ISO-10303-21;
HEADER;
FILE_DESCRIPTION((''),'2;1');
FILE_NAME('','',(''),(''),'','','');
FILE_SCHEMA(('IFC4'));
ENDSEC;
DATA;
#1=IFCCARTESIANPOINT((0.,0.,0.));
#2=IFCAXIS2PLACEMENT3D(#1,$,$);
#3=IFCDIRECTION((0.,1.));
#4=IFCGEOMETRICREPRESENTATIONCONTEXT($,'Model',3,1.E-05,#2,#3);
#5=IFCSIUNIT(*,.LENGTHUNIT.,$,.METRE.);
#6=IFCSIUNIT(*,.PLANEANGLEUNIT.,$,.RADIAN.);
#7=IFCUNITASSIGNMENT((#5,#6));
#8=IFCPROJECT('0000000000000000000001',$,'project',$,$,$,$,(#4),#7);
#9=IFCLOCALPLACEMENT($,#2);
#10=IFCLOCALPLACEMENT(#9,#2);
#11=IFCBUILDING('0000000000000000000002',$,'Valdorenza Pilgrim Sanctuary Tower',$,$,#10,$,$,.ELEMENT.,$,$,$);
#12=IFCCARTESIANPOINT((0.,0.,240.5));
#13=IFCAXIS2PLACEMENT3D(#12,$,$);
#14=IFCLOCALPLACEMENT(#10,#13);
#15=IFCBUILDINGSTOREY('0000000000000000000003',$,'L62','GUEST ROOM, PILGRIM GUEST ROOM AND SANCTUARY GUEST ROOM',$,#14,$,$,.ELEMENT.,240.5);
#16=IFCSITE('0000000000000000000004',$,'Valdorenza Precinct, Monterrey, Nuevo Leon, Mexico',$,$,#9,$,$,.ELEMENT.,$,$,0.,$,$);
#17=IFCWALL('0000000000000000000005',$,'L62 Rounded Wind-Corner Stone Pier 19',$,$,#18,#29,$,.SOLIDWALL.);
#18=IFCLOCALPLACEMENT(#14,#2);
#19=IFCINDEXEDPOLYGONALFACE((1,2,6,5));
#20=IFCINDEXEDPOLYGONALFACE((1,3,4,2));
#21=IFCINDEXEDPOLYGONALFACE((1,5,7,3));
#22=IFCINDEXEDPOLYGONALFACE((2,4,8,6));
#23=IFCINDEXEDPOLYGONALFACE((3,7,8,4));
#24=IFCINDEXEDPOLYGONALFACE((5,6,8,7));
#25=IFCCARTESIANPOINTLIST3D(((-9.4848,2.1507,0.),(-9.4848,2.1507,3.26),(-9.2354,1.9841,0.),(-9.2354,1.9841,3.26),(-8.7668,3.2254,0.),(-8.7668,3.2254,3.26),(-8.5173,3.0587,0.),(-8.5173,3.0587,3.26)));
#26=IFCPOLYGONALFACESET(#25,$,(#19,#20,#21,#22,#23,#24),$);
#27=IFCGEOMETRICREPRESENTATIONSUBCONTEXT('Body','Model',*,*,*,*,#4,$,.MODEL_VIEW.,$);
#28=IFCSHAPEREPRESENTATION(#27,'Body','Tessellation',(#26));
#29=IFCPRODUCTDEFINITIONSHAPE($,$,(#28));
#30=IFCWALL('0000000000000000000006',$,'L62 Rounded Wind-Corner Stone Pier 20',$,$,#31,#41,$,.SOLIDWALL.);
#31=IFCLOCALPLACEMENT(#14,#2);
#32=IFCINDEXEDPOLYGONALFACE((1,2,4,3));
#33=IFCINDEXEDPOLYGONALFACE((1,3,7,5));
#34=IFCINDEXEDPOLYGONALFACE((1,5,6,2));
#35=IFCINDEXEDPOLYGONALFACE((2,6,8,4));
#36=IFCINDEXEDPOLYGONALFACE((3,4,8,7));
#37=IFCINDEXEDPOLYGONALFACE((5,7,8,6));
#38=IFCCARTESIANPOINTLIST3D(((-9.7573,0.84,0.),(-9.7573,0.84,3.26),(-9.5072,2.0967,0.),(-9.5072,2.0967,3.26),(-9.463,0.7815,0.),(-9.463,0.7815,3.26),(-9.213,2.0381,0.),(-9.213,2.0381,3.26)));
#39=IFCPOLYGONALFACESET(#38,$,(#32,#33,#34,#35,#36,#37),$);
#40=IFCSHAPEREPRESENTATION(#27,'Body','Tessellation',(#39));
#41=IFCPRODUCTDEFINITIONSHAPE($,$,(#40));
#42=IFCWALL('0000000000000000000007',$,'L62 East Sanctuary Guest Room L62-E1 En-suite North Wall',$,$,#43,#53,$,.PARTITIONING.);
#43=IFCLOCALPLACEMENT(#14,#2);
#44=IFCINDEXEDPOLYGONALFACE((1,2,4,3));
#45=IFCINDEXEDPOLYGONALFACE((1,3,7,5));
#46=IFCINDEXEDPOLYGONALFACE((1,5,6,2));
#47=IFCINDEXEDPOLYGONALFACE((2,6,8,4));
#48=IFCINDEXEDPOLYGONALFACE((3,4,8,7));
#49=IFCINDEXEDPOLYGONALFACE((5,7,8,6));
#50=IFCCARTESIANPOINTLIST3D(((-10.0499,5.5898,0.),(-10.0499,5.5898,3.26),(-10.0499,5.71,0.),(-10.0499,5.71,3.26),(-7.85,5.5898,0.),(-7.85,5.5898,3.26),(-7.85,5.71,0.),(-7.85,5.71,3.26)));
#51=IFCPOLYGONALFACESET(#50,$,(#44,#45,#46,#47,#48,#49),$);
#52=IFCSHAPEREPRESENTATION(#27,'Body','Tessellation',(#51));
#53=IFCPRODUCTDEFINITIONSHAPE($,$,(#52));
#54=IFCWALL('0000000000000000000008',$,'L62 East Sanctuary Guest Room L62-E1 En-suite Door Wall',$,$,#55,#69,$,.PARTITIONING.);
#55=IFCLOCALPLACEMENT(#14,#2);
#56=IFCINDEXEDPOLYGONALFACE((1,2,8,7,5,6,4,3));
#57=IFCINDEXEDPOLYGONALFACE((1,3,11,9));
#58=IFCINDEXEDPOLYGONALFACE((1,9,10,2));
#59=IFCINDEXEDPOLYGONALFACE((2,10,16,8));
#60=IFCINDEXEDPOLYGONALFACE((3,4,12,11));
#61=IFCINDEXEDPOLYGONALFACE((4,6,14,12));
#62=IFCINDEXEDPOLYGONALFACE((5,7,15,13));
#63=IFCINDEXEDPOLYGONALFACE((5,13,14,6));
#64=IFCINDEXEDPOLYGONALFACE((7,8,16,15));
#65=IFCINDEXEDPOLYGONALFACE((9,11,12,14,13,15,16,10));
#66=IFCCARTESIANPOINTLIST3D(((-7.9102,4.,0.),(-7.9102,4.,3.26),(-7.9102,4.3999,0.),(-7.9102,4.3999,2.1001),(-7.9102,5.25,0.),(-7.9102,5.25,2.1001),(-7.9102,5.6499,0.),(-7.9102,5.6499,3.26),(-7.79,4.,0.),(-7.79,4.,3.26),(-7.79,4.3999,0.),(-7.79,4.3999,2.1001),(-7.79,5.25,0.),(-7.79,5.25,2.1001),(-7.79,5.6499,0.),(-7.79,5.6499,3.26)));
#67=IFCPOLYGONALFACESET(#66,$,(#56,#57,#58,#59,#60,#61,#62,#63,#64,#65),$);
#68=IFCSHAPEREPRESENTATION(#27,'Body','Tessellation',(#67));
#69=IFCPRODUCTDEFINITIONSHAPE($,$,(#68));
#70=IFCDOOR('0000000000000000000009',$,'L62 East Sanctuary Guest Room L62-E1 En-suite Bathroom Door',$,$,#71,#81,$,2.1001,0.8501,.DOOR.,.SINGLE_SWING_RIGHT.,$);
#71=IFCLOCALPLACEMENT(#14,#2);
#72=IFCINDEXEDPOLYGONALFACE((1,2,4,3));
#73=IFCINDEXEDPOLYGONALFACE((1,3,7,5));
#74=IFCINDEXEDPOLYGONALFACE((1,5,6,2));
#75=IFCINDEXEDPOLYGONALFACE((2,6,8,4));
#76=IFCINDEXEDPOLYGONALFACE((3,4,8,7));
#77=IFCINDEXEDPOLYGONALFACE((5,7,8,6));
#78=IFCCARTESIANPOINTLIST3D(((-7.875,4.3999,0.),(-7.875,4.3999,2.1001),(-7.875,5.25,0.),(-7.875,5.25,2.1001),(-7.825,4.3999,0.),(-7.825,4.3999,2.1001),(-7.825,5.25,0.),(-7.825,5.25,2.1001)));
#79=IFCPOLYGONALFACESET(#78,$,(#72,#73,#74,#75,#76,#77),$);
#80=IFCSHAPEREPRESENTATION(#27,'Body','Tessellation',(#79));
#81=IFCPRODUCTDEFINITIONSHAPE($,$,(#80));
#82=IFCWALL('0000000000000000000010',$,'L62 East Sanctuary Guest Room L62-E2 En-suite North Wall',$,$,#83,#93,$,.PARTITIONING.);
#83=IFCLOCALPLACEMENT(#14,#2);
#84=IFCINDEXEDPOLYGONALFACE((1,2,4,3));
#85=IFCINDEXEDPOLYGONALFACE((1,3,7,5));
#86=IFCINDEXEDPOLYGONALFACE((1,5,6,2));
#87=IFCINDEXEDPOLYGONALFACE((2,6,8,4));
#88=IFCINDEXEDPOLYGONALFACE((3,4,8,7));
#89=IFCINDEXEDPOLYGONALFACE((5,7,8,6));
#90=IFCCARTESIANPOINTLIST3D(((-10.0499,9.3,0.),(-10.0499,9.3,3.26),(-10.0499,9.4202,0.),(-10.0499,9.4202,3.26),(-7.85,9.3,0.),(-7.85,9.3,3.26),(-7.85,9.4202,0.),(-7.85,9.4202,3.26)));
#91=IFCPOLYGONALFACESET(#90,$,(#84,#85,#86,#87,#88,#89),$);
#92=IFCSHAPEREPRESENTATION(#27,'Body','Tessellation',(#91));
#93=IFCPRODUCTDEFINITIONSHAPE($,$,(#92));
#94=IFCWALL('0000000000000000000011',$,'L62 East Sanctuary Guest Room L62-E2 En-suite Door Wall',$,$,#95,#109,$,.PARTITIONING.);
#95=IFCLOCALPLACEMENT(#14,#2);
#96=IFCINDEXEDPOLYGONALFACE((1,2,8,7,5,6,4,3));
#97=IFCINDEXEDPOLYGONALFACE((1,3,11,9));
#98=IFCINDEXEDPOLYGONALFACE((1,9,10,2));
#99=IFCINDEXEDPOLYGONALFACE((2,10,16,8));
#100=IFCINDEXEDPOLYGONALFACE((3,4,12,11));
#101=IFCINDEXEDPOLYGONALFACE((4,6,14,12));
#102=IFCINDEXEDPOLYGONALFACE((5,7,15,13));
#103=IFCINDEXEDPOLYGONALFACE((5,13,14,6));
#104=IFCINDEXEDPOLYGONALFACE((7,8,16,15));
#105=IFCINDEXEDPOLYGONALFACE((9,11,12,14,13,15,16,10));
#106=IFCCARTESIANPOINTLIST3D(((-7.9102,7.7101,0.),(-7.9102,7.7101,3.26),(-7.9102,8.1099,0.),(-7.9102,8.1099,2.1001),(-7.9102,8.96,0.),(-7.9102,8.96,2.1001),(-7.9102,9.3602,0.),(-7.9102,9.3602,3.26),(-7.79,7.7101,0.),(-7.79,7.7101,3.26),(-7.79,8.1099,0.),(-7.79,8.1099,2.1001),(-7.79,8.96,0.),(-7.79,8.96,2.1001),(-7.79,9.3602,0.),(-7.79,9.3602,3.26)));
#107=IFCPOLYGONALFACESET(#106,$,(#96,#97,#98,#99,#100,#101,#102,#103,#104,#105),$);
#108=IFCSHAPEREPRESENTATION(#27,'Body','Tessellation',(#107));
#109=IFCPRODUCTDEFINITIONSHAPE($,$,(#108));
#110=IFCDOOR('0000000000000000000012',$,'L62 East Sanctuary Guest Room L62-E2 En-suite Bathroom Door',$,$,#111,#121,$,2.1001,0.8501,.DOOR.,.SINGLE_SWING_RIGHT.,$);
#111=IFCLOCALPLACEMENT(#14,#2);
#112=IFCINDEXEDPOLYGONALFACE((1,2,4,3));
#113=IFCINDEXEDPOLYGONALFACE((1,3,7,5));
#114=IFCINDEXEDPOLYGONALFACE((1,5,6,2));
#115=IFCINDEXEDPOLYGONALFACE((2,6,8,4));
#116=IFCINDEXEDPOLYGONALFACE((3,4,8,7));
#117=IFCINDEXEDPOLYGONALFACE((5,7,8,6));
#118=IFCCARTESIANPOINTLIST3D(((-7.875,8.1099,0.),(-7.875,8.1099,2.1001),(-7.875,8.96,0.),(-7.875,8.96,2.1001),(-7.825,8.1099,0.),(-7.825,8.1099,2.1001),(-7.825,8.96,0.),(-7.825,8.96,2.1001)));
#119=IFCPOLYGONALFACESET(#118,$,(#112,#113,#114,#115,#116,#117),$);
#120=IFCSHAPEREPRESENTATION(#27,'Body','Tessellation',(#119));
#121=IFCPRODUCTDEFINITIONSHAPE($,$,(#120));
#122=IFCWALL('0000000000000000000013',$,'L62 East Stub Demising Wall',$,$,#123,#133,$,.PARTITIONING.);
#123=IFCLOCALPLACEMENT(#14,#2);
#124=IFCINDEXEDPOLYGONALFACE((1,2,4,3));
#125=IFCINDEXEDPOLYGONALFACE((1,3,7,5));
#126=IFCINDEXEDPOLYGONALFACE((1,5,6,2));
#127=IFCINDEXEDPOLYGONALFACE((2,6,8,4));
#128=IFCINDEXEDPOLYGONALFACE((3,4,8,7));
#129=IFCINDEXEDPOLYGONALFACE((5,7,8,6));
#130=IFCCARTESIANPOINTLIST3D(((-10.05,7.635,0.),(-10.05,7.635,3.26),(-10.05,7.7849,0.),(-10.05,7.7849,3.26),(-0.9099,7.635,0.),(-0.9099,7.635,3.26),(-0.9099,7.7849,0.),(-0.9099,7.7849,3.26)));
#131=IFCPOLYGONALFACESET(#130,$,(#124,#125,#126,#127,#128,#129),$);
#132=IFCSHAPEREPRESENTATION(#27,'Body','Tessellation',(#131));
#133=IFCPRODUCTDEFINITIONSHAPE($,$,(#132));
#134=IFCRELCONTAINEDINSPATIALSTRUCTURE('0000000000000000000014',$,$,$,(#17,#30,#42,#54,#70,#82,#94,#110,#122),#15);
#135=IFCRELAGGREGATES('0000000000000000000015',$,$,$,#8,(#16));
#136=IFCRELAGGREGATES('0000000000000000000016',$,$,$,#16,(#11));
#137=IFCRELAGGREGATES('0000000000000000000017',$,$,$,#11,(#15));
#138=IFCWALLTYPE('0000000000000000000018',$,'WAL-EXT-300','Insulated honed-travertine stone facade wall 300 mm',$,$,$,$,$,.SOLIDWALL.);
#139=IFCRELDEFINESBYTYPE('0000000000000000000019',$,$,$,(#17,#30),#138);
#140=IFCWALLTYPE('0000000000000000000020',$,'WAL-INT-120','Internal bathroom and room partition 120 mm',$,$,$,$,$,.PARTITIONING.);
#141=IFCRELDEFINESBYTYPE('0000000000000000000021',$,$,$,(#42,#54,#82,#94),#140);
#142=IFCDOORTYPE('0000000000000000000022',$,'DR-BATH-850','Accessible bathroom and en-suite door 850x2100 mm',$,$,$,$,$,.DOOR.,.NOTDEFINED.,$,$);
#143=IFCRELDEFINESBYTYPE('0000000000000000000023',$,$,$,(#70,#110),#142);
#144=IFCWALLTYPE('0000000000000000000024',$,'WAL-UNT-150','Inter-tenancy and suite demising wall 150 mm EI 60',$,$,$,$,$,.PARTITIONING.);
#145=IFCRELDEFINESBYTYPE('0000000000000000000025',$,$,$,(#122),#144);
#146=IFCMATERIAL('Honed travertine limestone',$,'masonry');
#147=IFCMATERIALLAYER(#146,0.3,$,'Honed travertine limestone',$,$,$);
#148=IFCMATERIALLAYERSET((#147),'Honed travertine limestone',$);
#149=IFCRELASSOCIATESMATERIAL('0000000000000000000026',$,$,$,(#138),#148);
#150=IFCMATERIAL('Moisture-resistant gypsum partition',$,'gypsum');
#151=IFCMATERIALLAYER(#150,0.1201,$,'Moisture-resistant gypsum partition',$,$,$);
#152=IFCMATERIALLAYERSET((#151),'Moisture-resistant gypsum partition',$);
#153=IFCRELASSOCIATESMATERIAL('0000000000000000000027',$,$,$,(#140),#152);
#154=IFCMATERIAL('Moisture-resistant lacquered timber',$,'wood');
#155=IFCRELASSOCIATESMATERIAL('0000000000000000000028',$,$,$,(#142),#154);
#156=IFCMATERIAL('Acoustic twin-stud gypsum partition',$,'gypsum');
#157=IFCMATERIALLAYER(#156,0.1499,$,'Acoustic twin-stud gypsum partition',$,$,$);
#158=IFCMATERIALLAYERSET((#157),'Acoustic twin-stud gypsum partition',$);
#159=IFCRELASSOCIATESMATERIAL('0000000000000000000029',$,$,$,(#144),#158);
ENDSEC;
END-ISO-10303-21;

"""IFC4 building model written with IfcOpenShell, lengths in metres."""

from ifc_helpers import new_model, si_unit, direction, frame, frame_2d, origin, place, context, subcontext, project, spatial, rectangle, extrude, material, layer, layer_set, type_object, element, fill, save


model = new_model("IFC4")

# Units and contexts
model_context = context("Model", 3, precision=1e-05, world=origin(), true_north=direction((0.0, 1.0)))
body_context = subcontext(model_context, "Body", "Model", "MODEL_VIEW")
ifc_project = project(units=[si_unit("LENGTHUNIT", "METRE"), si_unit("PLANEANGLEUNIT", "RADIAN")], contexts=[model_context])

# Site, building, storey
site_placement = place(None, origin())
site = spatial("IfcSite", under=ifc_project, at=site_placement, Name="Valdorenza Precinct, Monterrey, Nuevo Leon, Mexico", CompositionType="ELEMENT", RefElevation=0.0)
building_placement = place(site_placement, origin())
building = spatial("IfcBuilding", under=site, at=building_placement, Name="Valdorenza Pilgrim Sanctuary Tower", CompositionType="ELEMENT")
storey_placement = place(building_placement, frame((0.0, 0.0, 240.5)))
storey = spatial("IfcBuildingStorey", under=building, at=storey_placement, Name="L62", Description="GUEST ROOM, PILGRIM GUEST ROOM AND SANCTUARY GUEST ROOM", CompositionType="ELEMENT", Elevation=240.5)

# Shared definitions
ifc_material_1 = material(Name="Acoustic twin-stud gypsum partition", Category="gypsum")

# Shared definitions
ifc_material_2 = material(Name="Honed travertine limestone", Category="masonry")
ifc_layer_1 = layer(ifc_material_2, 0.3, Name="Honed travertine limestone")
ifc_layer_set_1 = layer_set([ifc_layer_1], Name="Honed travertine limestone")
wall_type_1 = type_object("IfcWallType", Name="WAL-EXT-300", Description="Insulated honed-travertine stone facade wall 300 mm", PredefinedType="SOLIDWALL", material=ifc_layer_set_1)

# Walls
for number, where, z_axis, x_axis, name in (
    (1, (-8.6421, 3.1421, 0.0), (0.0, 0.0, 1.0), (-0.555528, -0.831498, 0.0), "L62 Rounded Wind-Corner Stone Pier 19"),
):
    element("IfcWall", number, at=place(storey_placement, frame(where, z_axis=z_axis, x_axis=x_axis)), inside=storey, type_object=wall_type_1, Name=name, PredefinedType="SOLIDWALL", context=body_context, shape_type="SweptSolid", body=[
        extrude(rectangle(XDim=1.2925, YDim=0.3, at=frame_2d((0.6462, 0.0))), origin(), (0.0, 0.0, 1.0), 3.26),
    ])
wall_1_placement = place(storey_placement, frame((-9.3601, 2.0674, 0.0), z_axis=(0.0, 0.0, 1.0), x_axis=(-0.195127, -0.980778, 0.0)))
element("IfcWall", 2, at=wall_1_placement, inside=storey, type_object=wall_type_1, Name="L62 Rounded Wind-Corner Stone Pier 20", PredefinedType="SOLIDWALL", context=body_context, shape_type="SweptSolid", body=[
    extrude(rectangle(XDim=1.2812, YDim=0.3, at=frame_2d((0.6406, 0.0))), origin(), (0.0, 0.0, 1.0), 3.26),
])
ifc_material_3 = material(Name="Moisture-resistant gypsum partition", Category="gypsum")
ifc_layer_2 = layer(ifc_material_3, 0.1201, Name="Moisture-resistant gypsum partition")
ifc_layer_set_2 = layer_set([ifc_layer_2], Name="Moisture-resistant gypsum partition")
wall_type_2 = type_object("IfcWallType", Name="WAL-INT-120", Description="Internal bathroom and room partition 120 mm", PredefinedType="PARTITIONING", material=ifc_layer_set_2)
wall_2_placement = place(storey_placement, frame((-10.05, 5.6499, 0.0), z_axis=(0.0, 0.0, 1.0), x_axis=(1.0, 0.0, 0.0)))
element("IfcWall", 3, at=wall_2_placement, inside=storey, type_object=wall_type_2, Name="L62 East Sanctuary Guest Room L62-E1 En-suite North Wall", PredefinedType="PARTITIONING", context=body_context, shape_type="SweptSolid", body=[
    extrude(rectangle(XDim=2.2, YDim=0.1201, at=frame_2d((1.1001, 0.0))), origin(), (0.0, 0.0, 1.0), 3.26),
])

# Wall, opening, door
wall_3_placement = place(storey_placement, frame((-7.8501, 4.0, 0.0), z_axis=(0.0, 0.0, 1.0), x_axis=(0.0, 1.0, 0.0)))
wall_3 = element("IfcWall", 4, at=wall_3_placement, inside=storey, type_object=wall_type_2, Name="L62 East Sanctuary Guest Room L62-E1 En-suite Door Wall", PredefinedType="PARTITIONING", context=body_context, shape_type="SweptSolid", body=[
    extrude(rectangle(XDim=1.6499, YDim=0.1201, at=frame_2d((0.825, 0.0))), origin(), (0.0, 0.0, 1.0), 3.26),
])
opening_1_placement = place(wall_3_placement, frame((0.3999, 0.0, 0.0)))
opening_1 = element("IfcOpeningElement", 5, at=opening_1_placement, cuts=wall_3, PredefinedType="OPENING", context=body_context, shape_type="SweptSolid", body=[
    extrude(rectangle(XDim=0.8501, YDim=2.1001, at=frame_2d((0.425, 1.05))), frame((0.0, 0.075, 0.0), z_axis=(0.0, -1.0, 0.0), x_axis=(1.0, 0.0, 0.0)), (0.0, 0.0, 1.0), 0.1499),
])
ifc_material_4 = material(Name="Moisture-resistant lacquered timber", Category="wood")
door_type_1 = type_object("IfcDoorType", Name="DR-BATH-850", Description="Accessible bathroom and en-suite door 850x2100 mm", OperationType="NOTDEFINED", PredefinedType="DOOR", material=ifc_material_4)
door_1_placement = place(opening_1_placement, origin())
door_1 = element("IfcDoor", 6, at=door_1_placement, inside=storey, type_object=door_type_1, Name="L62 East Sanctuary Guest Room L62-E1 En-suite Bathroom Door", OperationType="SINGLE_SWING_RIGHT", OverallHeight=2.1001, OverallWidth=0.8501, PredefinedType="DOOR", context=body_context, shape_type="SweptSolid", body=[
    extrude(rectangle(XDim=0.8501, YDim=2.1001, at=frame_2d((0.425, 1.05))), frame((0.0, 0.0249, 0.0), z_axis=(0.0, -1.0, 0.0), x_axis=(1.0, 0.0, 0.0)), (0.0, 0.0, 1.0), 0.05),
])
fill(opening_1, door_1)

# Wall
wall_4_placement = place(storey_placement, frame((-10.05, 9.3601, 0.0), z_axis=(0.0, 0.0, 1.0), x_axis=(1.0, 0.0, 0.0)))
element("IfcWall", 7, at=wall_4_placement, inside=storey, type_object=wall_type_2, Name="L62 East Sanctuary Guest Room L62-E2 En-suite North Wall", PredefinedType="PARTITIONING", context=body_context, shape_type="SweptSolid", body=[
    extrude(rectangle(XDim=2.2, YDim=0.1201, at=frame_2d((1.1001, 0.0))), origin(), (0.0, 0.0, 1.0), 3.26),
])

# Wall, opening, door
wall_5_placement = place(storey_placement, frame((-7.8501, 7.71, 0.0), z_axis=(0.0, 0.0, 1.0), x_axis=(0.0, 1.0, 0.0)))
wall_5 = element("IfcWall", 8, at=wall_5_placement, inside=storey, type_object=wall_type_2, Name="L62 East Sanctuary Guest Room L62-E2 En-suite Door Wall", PredefinedType="PARTITIONING", context=body_context, shape_type="SweptSolid", body=[
    extrude(rectangle(XDim=1.6501, YDim=0.1201, at=frame_2d((0.8252, 0.0))), origin(), (0.0, 0.0, 1.0), 3.26),
])
opening_2_placement = place(wall_5_placement, frame((0.3999, 0.0, 0.0)))
opening_2 = element("IfcOpeningElement", 9, at=opening_2_placement, cuts=wall_5, PredefinedType="OPENING", context=body_context, shape_type="SweptSolid", body=[
    extrude(rectangle(XDim=0.8501, YDim=2.1001, at=frame_2d((0.425, 1.05))), frame((0.0, 0.075, 0.0), z_axis=(0.0, -1.0, 0.0), x_axis=(1.0, 0.0, 0.0)), (0.0, 0.0, 1.0), 0.1499),
])
door_2_placement = place(opening_2_placement, origin())
door_2 = element("IfcDoor", 10, at=door_2_placement, inside=storey, type_object=door_type_1, Name="L62 East Sanctuary Guest Room L62-E2 En-suite Bathroom Door", OperationType="SINGLE_SWING_RIGHT", OverallHeight=2.1001, OverallWidth=0.8501, PredefinedType="DOOR", context=body_context, shape_type="SweptSolid", body=[
    extrude(rectangle(XDim=0.8501, YDim=2.1001, at=frame_2d((0.425, 1.05))), frame((0.0, 0.0249, 0.0), z_axis=(0.0, -1.0, 0.0), x_axis=(1.0, 0.0, 0.0)), (0.0, 0.0, 1.0), 0.05),
])
fill(opening_2, door_2)

# Wall
ifc_layer_3 = layer(ifc_material_1, 0.1499, Name="Acoustic twin-stud gypsum partition")
ifc_layer_set_3 = layer_set([ifc_layer_3], Name="Acoustic twin-stud gypsum partition")
wall_type_3 = type_object("IfcWallType", Name="WAL-UNT-150", Description="Inter-tenancy and suite demising wall 150 mm EI 60", PredefinedType="PARTITIONING", material=ifc_layer_set_3)
wall_6_placement = place(storey_placement, frame((-10.05, 7.71, 0.0), z_axis=(0.0, 0.0, 1.0), x_axis=(1.0, 0.0, 0.0)))
element("IfcWall", 11, at=wall_6_placement, inside=storey, type_object=wall_type_3, Name="L62 East Stub Demising Wall", PredefinedType="PARTITIONING", context=body_context, shape_type="SweptSolid", body=[
    extrude(rectangle(XDim=9.1401, YDim=0.1499, at=frame_2d((4.5701, 0.0))), origin(), (0.0, 0.0, 1.0), 3.26),
])

save(model, "model.ifc")
